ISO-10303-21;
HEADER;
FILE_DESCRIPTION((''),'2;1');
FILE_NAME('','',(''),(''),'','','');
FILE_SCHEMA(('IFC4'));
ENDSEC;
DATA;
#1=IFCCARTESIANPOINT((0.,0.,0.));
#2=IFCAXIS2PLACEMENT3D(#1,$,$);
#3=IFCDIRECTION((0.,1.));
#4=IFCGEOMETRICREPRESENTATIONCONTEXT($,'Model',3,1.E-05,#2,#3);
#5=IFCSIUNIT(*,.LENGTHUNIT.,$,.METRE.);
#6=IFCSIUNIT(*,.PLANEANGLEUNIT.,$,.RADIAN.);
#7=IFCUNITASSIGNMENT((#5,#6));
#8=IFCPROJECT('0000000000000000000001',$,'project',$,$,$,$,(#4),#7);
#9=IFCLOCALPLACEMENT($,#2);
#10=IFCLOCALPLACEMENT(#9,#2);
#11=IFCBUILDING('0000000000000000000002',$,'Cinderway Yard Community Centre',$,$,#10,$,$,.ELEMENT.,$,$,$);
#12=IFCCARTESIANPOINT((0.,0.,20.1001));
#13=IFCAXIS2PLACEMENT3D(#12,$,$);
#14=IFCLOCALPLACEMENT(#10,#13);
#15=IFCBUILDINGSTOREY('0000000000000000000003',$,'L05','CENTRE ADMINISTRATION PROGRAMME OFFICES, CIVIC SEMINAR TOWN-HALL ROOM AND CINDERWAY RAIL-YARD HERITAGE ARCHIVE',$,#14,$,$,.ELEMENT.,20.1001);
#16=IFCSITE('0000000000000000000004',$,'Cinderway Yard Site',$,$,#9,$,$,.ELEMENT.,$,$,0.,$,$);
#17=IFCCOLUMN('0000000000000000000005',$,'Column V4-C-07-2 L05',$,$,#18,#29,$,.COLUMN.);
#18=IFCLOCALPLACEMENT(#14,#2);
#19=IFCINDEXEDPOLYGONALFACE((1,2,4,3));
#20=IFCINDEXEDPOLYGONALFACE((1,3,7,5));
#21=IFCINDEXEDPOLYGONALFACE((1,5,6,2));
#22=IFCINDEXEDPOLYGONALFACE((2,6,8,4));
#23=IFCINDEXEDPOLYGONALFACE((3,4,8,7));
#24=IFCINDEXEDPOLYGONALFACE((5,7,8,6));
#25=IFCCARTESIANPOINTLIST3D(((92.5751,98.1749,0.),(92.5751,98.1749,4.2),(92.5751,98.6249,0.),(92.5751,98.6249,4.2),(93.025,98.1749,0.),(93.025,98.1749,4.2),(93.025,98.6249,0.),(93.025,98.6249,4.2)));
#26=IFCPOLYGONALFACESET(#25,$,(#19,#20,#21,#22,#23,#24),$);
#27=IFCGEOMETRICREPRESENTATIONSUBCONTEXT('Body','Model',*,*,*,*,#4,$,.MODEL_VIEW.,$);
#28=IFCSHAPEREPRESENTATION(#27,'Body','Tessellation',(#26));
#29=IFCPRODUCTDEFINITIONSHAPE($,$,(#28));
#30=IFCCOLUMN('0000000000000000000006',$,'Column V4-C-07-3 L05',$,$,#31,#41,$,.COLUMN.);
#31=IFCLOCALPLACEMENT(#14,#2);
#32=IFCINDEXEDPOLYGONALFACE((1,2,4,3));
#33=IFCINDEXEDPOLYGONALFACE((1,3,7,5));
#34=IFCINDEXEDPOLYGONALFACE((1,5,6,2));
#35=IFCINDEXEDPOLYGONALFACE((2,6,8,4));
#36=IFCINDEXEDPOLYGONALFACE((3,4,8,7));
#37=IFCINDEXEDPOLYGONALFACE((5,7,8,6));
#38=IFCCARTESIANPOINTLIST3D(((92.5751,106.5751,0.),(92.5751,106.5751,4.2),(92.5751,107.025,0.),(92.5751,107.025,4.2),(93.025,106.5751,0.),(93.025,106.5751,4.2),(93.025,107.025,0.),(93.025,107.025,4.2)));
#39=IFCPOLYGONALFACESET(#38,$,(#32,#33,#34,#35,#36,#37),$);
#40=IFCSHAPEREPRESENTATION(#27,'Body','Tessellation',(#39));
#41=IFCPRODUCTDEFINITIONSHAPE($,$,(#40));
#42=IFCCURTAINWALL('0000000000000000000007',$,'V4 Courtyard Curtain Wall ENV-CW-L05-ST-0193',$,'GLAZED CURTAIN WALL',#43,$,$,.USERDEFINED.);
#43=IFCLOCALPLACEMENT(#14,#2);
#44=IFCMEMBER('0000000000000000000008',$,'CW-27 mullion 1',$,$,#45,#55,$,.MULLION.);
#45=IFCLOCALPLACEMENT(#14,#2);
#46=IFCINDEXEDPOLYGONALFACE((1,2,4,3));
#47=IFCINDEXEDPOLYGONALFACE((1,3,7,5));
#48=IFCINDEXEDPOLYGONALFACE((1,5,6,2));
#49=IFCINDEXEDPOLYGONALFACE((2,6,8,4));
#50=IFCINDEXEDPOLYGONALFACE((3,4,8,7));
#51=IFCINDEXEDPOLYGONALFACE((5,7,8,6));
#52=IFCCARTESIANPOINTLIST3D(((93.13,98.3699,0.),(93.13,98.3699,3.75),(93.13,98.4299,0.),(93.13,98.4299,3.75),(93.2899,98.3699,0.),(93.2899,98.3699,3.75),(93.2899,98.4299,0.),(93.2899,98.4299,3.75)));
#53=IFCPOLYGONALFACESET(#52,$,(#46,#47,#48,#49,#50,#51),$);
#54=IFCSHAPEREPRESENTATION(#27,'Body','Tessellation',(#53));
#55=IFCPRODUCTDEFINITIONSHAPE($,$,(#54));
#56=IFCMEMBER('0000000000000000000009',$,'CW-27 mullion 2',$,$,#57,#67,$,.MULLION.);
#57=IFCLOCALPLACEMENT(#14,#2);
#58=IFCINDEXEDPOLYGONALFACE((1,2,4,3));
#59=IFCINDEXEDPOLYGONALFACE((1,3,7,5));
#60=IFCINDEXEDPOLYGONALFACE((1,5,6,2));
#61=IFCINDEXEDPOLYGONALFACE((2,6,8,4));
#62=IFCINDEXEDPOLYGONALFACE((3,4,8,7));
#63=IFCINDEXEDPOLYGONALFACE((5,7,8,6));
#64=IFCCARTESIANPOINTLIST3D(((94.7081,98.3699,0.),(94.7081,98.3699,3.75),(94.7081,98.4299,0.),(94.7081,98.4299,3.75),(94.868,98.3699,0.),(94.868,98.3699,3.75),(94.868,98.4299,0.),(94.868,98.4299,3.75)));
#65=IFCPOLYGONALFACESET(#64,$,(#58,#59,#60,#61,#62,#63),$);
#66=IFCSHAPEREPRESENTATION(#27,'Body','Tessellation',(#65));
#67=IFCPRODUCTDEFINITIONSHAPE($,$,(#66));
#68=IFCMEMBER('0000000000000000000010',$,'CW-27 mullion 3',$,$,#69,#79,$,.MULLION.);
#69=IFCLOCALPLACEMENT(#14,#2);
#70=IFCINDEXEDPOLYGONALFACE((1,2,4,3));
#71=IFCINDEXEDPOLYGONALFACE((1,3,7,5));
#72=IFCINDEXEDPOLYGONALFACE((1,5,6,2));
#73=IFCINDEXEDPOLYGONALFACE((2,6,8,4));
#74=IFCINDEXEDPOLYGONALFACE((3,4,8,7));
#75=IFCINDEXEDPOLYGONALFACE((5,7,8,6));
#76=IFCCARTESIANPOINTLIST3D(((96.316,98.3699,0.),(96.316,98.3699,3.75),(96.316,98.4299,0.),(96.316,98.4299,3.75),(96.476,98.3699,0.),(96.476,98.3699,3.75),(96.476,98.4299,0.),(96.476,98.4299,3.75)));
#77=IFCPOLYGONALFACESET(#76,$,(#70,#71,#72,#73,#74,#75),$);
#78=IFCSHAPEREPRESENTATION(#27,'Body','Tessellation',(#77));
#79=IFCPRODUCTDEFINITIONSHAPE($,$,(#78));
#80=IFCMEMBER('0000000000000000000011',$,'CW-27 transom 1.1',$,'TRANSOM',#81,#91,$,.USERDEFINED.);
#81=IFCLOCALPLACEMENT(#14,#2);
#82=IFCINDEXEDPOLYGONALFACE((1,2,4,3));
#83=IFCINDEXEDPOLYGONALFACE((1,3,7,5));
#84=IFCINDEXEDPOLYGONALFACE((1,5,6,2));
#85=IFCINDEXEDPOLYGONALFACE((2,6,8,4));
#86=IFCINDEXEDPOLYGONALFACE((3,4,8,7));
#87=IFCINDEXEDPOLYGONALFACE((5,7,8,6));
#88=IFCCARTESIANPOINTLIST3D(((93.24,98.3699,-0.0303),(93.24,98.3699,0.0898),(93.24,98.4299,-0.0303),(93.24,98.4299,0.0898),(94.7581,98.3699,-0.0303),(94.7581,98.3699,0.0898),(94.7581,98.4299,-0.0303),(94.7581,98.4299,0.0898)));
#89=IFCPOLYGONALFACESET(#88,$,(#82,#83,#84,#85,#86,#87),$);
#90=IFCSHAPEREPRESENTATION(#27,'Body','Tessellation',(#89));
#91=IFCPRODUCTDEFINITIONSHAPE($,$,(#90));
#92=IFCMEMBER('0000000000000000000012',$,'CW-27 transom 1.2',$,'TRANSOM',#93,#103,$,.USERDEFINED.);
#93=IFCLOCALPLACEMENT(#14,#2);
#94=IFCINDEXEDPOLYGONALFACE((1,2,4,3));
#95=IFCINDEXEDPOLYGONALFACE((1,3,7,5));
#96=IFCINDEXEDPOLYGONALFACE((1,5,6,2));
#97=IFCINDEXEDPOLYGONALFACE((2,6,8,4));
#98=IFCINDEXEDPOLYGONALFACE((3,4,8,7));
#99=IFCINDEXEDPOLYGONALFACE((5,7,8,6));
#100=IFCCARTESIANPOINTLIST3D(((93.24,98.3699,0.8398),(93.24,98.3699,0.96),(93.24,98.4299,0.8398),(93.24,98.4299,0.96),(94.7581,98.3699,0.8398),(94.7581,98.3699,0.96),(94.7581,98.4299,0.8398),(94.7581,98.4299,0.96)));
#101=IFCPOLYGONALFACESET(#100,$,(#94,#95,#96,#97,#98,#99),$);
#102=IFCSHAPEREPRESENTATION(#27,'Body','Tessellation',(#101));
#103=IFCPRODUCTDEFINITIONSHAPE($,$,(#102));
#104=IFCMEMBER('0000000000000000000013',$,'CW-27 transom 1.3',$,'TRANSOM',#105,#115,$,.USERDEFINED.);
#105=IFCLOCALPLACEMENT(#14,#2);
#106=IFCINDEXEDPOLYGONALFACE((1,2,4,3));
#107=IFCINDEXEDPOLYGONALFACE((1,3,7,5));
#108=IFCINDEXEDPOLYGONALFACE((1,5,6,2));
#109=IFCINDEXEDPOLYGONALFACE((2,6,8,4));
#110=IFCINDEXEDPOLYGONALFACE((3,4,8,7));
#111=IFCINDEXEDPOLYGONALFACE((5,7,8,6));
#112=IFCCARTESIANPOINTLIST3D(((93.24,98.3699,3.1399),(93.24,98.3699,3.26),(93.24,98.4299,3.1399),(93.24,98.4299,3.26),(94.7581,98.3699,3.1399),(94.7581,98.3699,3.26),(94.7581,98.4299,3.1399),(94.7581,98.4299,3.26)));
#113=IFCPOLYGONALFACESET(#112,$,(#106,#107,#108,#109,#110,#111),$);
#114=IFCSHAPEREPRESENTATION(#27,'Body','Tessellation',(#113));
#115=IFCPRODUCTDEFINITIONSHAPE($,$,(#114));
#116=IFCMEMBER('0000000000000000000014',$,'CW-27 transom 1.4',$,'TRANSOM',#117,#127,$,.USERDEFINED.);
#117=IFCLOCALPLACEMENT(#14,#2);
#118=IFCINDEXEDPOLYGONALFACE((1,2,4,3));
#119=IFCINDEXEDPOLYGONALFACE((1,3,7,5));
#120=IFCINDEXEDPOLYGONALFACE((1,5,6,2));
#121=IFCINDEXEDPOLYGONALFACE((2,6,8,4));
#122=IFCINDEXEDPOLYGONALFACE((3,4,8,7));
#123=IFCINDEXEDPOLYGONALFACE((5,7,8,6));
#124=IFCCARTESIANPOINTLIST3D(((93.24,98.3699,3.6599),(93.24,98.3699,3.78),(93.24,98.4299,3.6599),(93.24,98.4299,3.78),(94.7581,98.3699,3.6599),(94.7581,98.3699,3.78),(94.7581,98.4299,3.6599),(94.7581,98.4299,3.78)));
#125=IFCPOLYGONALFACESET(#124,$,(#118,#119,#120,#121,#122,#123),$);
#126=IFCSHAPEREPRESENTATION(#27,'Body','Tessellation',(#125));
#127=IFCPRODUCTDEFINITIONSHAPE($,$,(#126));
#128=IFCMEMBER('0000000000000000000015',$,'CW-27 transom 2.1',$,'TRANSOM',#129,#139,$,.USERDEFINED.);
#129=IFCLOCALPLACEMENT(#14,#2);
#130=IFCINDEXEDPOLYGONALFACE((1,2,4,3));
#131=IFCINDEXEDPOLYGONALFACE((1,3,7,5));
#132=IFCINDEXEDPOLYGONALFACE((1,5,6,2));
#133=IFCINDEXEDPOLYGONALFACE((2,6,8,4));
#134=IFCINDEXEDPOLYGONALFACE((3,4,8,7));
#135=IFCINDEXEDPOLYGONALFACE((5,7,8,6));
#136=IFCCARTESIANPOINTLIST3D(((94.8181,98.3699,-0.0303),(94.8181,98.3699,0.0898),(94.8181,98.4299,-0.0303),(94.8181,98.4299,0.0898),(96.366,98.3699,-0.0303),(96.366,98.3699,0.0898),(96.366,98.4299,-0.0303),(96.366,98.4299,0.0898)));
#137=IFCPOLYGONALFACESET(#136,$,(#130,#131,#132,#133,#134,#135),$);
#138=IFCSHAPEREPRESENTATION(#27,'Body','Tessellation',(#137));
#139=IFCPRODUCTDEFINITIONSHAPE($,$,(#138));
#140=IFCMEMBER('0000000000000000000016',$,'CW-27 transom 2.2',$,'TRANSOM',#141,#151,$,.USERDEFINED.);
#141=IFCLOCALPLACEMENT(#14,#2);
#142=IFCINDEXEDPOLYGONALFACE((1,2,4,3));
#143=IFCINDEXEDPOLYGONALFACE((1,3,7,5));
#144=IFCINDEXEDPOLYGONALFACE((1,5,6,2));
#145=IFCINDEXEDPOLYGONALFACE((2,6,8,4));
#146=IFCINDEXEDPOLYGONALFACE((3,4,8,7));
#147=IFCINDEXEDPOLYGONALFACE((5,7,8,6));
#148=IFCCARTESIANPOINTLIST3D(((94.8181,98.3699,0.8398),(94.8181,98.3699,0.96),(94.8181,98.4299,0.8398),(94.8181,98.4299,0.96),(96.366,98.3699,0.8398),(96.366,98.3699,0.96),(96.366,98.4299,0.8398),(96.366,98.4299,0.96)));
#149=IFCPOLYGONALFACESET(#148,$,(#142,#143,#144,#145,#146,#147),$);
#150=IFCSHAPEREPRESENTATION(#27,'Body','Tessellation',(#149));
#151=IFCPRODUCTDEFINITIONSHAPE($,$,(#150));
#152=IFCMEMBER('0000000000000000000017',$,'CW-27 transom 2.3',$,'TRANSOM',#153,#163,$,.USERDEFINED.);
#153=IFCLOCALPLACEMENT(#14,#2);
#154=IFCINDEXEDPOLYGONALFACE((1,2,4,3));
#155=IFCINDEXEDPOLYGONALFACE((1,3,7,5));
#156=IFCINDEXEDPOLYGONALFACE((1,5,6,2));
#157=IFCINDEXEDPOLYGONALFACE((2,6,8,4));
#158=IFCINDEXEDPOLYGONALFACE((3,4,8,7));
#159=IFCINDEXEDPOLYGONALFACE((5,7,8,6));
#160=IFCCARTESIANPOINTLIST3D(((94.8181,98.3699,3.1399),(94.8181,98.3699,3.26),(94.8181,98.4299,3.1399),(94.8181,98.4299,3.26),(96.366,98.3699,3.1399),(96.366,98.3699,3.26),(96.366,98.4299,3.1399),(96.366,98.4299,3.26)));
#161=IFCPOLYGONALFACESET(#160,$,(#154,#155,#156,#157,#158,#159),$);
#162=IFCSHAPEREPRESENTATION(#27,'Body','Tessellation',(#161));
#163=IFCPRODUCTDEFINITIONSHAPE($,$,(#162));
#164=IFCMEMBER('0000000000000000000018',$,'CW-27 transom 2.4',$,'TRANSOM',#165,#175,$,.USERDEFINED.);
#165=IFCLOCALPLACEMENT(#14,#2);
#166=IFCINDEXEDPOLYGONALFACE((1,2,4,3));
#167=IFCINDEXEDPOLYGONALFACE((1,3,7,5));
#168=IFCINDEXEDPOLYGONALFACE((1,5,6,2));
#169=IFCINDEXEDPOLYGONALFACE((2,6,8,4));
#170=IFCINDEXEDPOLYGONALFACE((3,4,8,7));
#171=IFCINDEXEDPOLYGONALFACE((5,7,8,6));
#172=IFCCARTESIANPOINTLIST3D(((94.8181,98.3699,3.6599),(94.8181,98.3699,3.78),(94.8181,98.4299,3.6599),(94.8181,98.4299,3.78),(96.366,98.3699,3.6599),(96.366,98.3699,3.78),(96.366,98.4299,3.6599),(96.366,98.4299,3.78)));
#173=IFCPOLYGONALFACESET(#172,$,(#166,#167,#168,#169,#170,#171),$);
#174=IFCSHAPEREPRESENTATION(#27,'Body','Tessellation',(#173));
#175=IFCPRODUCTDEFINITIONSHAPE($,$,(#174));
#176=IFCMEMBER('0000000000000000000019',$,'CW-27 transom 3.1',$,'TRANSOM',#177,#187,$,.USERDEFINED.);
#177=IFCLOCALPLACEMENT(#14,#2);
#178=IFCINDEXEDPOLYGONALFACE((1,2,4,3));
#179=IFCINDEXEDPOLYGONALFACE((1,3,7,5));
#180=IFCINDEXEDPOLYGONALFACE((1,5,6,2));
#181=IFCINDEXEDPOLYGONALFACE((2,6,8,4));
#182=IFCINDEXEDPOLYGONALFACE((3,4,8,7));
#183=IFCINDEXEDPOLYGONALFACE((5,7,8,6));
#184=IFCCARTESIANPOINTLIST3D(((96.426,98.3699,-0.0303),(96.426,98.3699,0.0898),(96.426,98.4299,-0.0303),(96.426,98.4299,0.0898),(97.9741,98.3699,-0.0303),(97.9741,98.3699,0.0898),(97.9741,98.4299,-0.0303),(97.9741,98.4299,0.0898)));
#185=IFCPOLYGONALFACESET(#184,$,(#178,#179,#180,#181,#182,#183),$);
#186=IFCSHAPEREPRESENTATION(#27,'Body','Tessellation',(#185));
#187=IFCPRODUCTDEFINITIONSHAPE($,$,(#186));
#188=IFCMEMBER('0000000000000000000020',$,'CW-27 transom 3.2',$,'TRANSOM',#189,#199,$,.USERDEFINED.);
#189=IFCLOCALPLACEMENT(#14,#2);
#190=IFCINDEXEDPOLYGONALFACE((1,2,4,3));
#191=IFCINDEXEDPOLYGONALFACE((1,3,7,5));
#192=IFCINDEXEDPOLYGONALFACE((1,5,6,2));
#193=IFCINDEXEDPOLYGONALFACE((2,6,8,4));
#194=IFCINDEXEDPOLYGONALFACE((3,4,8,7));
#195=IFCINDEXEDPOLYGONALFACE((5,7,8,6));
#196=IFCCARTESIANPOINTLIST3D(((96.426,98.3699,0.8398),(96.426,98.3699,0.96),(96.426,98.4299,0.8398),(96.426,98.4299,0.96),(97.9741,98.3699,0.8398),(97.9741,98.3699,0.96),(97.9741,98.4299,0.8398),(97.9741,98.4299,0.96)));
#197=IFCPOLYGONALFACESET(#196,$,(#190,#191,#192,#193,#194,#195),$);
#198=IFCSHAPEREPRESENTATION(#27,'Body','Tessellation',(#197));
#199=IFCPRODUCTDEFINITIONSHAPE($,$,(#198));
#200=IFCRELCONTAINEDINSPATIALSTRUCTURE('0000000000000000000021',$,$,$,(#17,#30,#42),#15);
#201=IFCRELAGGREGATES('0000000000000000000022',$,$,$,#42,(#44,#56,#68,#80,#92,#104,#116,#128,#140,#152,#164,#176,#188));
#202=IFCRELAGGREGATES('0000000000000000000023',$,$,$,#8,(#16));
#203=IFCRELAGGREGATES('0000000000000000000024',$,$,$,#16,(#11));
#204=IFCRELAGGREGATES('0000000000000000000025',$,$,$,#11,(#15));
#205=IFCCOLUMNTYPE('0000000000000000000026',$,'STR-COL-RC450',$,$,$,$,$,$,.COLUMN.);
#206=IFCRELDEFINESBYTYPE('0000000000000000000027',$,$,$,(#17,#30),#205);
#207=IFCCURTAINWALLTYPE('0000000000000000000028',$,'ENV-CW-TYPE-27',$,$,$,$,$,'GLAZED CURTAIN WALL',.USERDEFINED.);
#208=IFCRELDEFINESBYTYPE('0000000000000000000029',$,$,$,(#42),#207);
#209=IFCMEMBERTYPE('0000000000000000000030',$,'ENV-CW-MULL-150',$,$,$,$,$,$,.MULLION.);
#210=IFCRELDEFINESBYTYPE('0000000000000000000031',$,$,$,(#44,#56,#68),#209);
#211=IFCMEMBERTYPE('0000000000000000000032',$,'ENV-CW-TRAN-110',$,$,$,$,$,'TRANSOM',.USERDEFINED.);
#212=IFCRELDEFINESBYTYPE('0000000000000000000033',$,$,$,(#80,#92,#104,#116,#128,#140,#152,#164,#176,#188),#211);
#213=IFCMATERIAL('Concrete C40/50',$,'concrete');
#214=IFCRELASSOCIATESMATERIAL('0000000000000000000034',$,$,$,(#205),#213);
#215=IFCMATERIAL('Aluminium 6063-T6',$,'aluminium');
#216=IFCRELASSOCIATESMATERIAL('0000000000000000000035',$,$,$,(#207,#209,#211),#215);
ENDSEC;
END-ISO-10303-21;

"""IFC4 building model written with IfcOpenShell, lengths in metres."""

from ifc_helpers import new_model, si_unit, direction, frame, origin, origin_2d, place, context, subcontext, project, spatial, rectangle, extrude, material, material_profile, profile_set, type_object, element, aggregate, save


model = new_model("IFC4")

# Units and contexts
model_context = context("Model", 3, precision=1e-05, world=origin(), true_north=direction((0.0, 1.0)))
body_context = subcontext(model_context, "Body", "Model", "MODEL_VIEW")
ifc_project = project(units=[si_unit("LENGTHUNIT", "METRE"), si_unit("PLANEANGLEUNIT", "RADIAN")], contexts=[model_context])

# Site, building, storey
site_placement = place(None, origin())
site = spatial("IfcSite", under=ifc_project, at=site_placement, Name="Cinderway Yard Site", CompositionType="ELEMENT", RefElevation=0.0)
building_placement = place(site_placement, origin())
building = spatial("IfcBuilding", under=site, at=building_placement, Name="Cinderway Yard Community Centre", CompositionType="ELEMENT")
storey_placement = place(building_placement, frame((0.0, 0.0, 20.1001)))
storey = spatial("IfcBuildingStorey", under=building, at=storey_placement, Name="L05", Description="CENTRE ADMINISTRATION PROGRAMME OFFICES, CIVIC SEMINAR TOWN-HALL ROOM AND CINDERWAY RAIL-YARD HERITAGE ARCHIVE", CompositionType="ELEMENT", Elevation=20.1001)

# Columns
ifc_material_1 = material(Name="Concrete C40/50", Category="concrete")
ifc_material_profile_1 = material_profile(ifc_material_1, rectangle(XDim=0.45, YDim=0.45, at=origin_2d()), Name="Concrete C40/50")
ifc_profile_set_1 = profile_set([ifc_material_profile_1], Name="Concrete C40/50")
column_type = type_object("IfcColumnType", Name="STR-COL-RC450", PredefinedType="COLUMN", material=ifc_profile_set_1)
for number, where, z_axis, x_axis, name in (
    (1, (92.8, 98.3999, 0.0), (0.0, 0.0, 1.0), (1.0, 0.0, 0.0), "Column V4-C-07-2 L05"),
    (2, (92.8, 106.8, 0.0), (0.0, 0.0, 1.0), (1.0, 0.0, 0.0), "Column V4-C-07-3 L05"),
):
    element("IfcColumn", number, at=place(storey_placement, frame(where, z_axis=z_axis, x_axis=x_axis)), inside=storey, type_object=column_type, Name=name, PredefinedType="COLUMN", context=body_context, shape_type="SweptSolid", body=[
        extrude(rectangle(XDim=0.45, YDim=0.45, at=origin_2d()), origin(), (0.0, 0.0, 1.0), 4.2),
    ])

# Curtain wall, members
ifc_material_2 = material(Name="Aluminium 6063-T6", Category="aluminium")
curtain_wall_type = type_object("IfcCurtainWallType", Name="ENV-CW-TYPE-27", ElementType="GLAZED CURTAIN WALL", PredefinedType="USERDEFINED", material=ifc_material_2)
curtain_wall_placement = place(storey_placement, origin())
curtain_wall = element("IfcCurtainWall", 3, at=curtain_wall_placement, inside=storey, type_object=curtain_wall_type, Name="V4 Courtyard Curtain Wall ENV-CW-L05-ST-0193", ObjectType="GLAZED CURTAIN WALL", PredefinedType="USERDEFINED")
ifc_material_profile_2 = material_profile(ifc_material_2, rectangle(XDim=0.0601, YDim=0.1599, at=origin_2d()), Name="Aluminium 6063-T6")
ifc_profile_set_2 = profile_set([ifc_material_profile_2], Name="Aluminium 6063-T6")
member_type_1 = type_object("IfcMemberType", Name="ENV-CW-MULL-150", PredefinedType="MULLION", material=ifc_profile_set_2)
member_1_placement = place(storey_placement, frame((93.21, 98.3999, 0.0), z_axis=(0.0, 0.0, 1.0), x_axis=(0.0, 1.0, 0.0)))
member_1 = element("IfcMember", 4, at=member_1_placement, type_object=member_type_1, Name="CW-27 mullion 1", PredefinedType="MULLION", context=body_context, shape_type="SweptSolid", body=[
    extrude(rectangle(XDim=0.0601, YDim=0.1599, at=origin_2d()), origin(), (0.0, 0.0, 1.0), 3.75),
])
member_2_placement = place(storey_placement, frame((94.7881, 98.3999, 0.0), z_axis=(0.0, 0.0, 1.0), x_axis=(0.0, 1.0, 0.0)))
member_2 = element("IfcMember", 5, at=member_2_placement, type_object=member_type_1, Name="CW-27 mullion 2", PredefinedType="MULLION", context=body_context, shape_type="SweptSolid", body=[
    extrude(rectangle(XDim=0.0601, YDim=0.1599, at=origin_2d()), origin(), (0.0, 0.0, 1.0), 3.75),
])
member_3_placement = place(storey_placement, frame((96.396, 98.3999, 0.0), z_axis=(0.0, 0.0, 1.0), x_axis=(0.0, 1.0, 0.0)))
member_3 = element("IfcMember", 6, at=member_3_placement, type_object=member_type_1, Name="CW-27 mullion 3", PredefinedType="MULLION", context=body_context, shape_type="SweptSolid", body=[
    extrude(rectangle(XDim=0.0601, YDim=0.1599, at=origin_2d()), origin(), (0.0, 0.0, 1.0), 3.75),
])
ifc_material_profile_3 = material_profile(ifc_material_2, rectangle(XDim=0.0601, YDim=0.1201, at=origin_2d()), Name="Aluminium 6063-T6")
ifc_profile_set_3 = profile_set([ifc_material_profile_3], Name="Aluminium 6063-T6")
member_type_2 = type_object("IfcMemberType", Name="ENV-CW-TRAN-110", ElementType="TRANSOM", PredefinedType="USERDEFINED", material=ifc_profile_set_3)
member_4_placement = place(storey_placement, frame((93.24, 98.3999, 0.0298), z_axis=(1.0, 0.0, 0.0), x_axis=(0.0, 1.0, 0.0)))
member_4 = element("IfcMember", 7, at=member_4_placement, type_object=member_type_2, Name="CW-27 transom 1.1", ObjectType="TRANSOM", PredefinedType="USERDEFINED", context=body_context, shape_type="SweptSolid", body=[
    extrude(rectangle(XDim=0.0601, YDim=0.1201, at=origin_2d()), origin(), (0.0, 0.0, 1.0), 1.5181),
])
member_5_placement = place(storey_placement, frame((93.24, 98.3999, 0.8999), z_axis=(1.0, 0.0, 0.0), x_axis=(0.0, 1.0, 0.0)))
member_5 = element("IfcMember", 8, at=member_5_placement, type_object=member_type_2, Name="CW-27 transom 1.2", ObjectType="TRANSOM", PredefinedType="USERDEFINED", context=body_context, shape_type="SweptSolid", body=[
    extrude(rectangle(XDim=0.0601, YDim=0.1201, at=origin_2d()), origin(), (0.0, 0.0, 1.0), 1.5181),
])
member_6_placement = place(storey_placement, frame((93.24, 98.3999, 3.2), z_axis=(1.0, 0.0, 0.0), x_axis=(0.0, 1.0, 0.0)))
member_6 = element("IfcMember", 9, at=member_6_placement, type_object=member_type_2, Name="CW-27 transom 1.3", ObjectType="TRANSOM", PredefinedType="USERDEFINED", context=body_context, shape_type="SweptSolid", body=[
    extrude(rectangle(XDim=0.0601, YDim=0.1201, at=origin_2d()), origin(), (0.0, 0.0, 1.0), 1.5181),
])
member_7_placement = place(storey_placement, frame((93.24, 98.3999, 3.72), z_axis=(1.0, 0.0, 0.0), x_axis=(0.0, 1.0, 0.0)))
member_7 = element("IfcMember", 10, at=member_7_placement, type_object=member_type_2, Name="CW-27 transom 1.4", ObjectType="TRANSOM", PredefinedType="USERDEFINED", context=body_context, shape_type="SweptSolid", body=[
    extrude(rectangle(XDim=0.0601, YDim=0.1201, at=origin_2d()), origin(), (0.0, 0.0, 1.0), 1.5181),
])
member_8_placement = place(storey_placement, frame((94.8181, 98.3999, 0.0298), z_axis=(1.0, 0.0, 0.0), x_axis=(0.0, 1.0, 0.0)))
member_8 = element("IfcMember", 11, at=member_8_placement, type_object=member_type_2, Name="CW-27 transom 2.1", ObjectType="TRANSOM", PredefinedType="USERDEFINED", context=body_context, shape_type="SweptSolid", body=[
    extrude(rectangle(XDim=0.0601, YDim=0.1201, at=origin_2d()), origin(), (0.0, 0.0, 1.0), 1.5479),
])
member_9_placement = place(storey_placement, frame((94.8181, 98.3999, 0.8999), z_axis=(1.0, 0.0, 0.0), x_axis=(0.0, 1.0, 0.0)))
member_9 = element("IfcMember", 12, at=member_9_placement, type_object=member_type_2, Name="CW-27 transom 2.2", ObjectType="TRANSOM", PredefinedType="USERDEFINED", context=body_context, shape_type="SweptSolid", body=[
    extrude(rectangle(XDim=0.0601, YDim=0.1201, at=origin_2d()), origin(), (0.0, 0.0, 1.0), 1.5479),
])
member_10_placement = place(storey_placement, frame((94.8181, 98.3999, 3.2), z_axis=(1.0, 0.0, 0.0), x_axis=(0.0, 1.0, 0.0)))
member_10 = element("IfcMember", 13, at=member_10_placement, type_object=member_type_2, Name="CW-27 transom 2.3", ObjectType="TRANSOM", PredefinedType="USERDEFINED", context=body_context, shape_type="SweptSolid", body=[
    extrude(rectangle(XDim=0.0601, YDim=0.1201, at=origin_2d()), origin(), (0.0, 0.0, 1.0), 1.5479),
])
member_11_placement = place(storey_placement, frame((94.8181, 98.3999, 3.72), z_axis=(1.0, 0.0, 0.0), x_axis=(0.0, 1.0, 0.0)))
member_11 = element("IfcMember", 14, at=member_11_placement, type_object=member_type_2, Name="CW-27 transom 2.4", ObjectType="TRANSOM", PredefinedType="USERDEFINED", context=body_context, shape_type="SweptSolid", body=[
    extrude(rectangle(XDim=0.0601, YDim=0.1201, at=origin_2d()), origin(), (0.0, 0.0, 1.0), 1.5479),
])
member_12_placement = place(storey_placement, frame((96.426, 98.3999, 0.0298), z_axis=(1.0, 0.0, 0.0), x_axis=(0.0, 1.0, 0.0)))
member_12 = element("IfcMember", 15, at=member_12_placement, type_object=member_type_2, Name="CW-27 transom 3.1", ObjectType="TRANSOM", PredefinedType="USERDEFINED", context=body_context, shape_type="SweptSolid", body=[
    extrude(rectangle(XDim=0.0601, YDim=0.1201, at=origin_2d()), origin(), (0.0, 0.0, 1.0), 1.5481),
])
member_13_placement = place(storey_placement, frame((96.426, 98.3999, 0.8999), z_axis=(1.0, 0.0, 0.0), x_axis=(0.0, 1.0, 0.0)))
member_13 = element("IfcMember", 16, at=member_13_placement, type_object=member_type_2, Name="CW-27 transom 3.2", ObjectType="TRANSOM", PredefinedType="USERDEFINED", context=body_context, shape_type="SweptSolid", body=[
    extrude(rectangle(XDim=0.0601, YDim=0.1201, at=origin_2d()), origin(), (0.0, 0.0, 1.0), 1.5481),
])

aggregate(curtain_wall, [member_1, member_2, member_3, member_4, member_5, member_6, member_7, member_8, member_9, member_10, member_11, member_12, member_13])

save(model, "model.ifc")
